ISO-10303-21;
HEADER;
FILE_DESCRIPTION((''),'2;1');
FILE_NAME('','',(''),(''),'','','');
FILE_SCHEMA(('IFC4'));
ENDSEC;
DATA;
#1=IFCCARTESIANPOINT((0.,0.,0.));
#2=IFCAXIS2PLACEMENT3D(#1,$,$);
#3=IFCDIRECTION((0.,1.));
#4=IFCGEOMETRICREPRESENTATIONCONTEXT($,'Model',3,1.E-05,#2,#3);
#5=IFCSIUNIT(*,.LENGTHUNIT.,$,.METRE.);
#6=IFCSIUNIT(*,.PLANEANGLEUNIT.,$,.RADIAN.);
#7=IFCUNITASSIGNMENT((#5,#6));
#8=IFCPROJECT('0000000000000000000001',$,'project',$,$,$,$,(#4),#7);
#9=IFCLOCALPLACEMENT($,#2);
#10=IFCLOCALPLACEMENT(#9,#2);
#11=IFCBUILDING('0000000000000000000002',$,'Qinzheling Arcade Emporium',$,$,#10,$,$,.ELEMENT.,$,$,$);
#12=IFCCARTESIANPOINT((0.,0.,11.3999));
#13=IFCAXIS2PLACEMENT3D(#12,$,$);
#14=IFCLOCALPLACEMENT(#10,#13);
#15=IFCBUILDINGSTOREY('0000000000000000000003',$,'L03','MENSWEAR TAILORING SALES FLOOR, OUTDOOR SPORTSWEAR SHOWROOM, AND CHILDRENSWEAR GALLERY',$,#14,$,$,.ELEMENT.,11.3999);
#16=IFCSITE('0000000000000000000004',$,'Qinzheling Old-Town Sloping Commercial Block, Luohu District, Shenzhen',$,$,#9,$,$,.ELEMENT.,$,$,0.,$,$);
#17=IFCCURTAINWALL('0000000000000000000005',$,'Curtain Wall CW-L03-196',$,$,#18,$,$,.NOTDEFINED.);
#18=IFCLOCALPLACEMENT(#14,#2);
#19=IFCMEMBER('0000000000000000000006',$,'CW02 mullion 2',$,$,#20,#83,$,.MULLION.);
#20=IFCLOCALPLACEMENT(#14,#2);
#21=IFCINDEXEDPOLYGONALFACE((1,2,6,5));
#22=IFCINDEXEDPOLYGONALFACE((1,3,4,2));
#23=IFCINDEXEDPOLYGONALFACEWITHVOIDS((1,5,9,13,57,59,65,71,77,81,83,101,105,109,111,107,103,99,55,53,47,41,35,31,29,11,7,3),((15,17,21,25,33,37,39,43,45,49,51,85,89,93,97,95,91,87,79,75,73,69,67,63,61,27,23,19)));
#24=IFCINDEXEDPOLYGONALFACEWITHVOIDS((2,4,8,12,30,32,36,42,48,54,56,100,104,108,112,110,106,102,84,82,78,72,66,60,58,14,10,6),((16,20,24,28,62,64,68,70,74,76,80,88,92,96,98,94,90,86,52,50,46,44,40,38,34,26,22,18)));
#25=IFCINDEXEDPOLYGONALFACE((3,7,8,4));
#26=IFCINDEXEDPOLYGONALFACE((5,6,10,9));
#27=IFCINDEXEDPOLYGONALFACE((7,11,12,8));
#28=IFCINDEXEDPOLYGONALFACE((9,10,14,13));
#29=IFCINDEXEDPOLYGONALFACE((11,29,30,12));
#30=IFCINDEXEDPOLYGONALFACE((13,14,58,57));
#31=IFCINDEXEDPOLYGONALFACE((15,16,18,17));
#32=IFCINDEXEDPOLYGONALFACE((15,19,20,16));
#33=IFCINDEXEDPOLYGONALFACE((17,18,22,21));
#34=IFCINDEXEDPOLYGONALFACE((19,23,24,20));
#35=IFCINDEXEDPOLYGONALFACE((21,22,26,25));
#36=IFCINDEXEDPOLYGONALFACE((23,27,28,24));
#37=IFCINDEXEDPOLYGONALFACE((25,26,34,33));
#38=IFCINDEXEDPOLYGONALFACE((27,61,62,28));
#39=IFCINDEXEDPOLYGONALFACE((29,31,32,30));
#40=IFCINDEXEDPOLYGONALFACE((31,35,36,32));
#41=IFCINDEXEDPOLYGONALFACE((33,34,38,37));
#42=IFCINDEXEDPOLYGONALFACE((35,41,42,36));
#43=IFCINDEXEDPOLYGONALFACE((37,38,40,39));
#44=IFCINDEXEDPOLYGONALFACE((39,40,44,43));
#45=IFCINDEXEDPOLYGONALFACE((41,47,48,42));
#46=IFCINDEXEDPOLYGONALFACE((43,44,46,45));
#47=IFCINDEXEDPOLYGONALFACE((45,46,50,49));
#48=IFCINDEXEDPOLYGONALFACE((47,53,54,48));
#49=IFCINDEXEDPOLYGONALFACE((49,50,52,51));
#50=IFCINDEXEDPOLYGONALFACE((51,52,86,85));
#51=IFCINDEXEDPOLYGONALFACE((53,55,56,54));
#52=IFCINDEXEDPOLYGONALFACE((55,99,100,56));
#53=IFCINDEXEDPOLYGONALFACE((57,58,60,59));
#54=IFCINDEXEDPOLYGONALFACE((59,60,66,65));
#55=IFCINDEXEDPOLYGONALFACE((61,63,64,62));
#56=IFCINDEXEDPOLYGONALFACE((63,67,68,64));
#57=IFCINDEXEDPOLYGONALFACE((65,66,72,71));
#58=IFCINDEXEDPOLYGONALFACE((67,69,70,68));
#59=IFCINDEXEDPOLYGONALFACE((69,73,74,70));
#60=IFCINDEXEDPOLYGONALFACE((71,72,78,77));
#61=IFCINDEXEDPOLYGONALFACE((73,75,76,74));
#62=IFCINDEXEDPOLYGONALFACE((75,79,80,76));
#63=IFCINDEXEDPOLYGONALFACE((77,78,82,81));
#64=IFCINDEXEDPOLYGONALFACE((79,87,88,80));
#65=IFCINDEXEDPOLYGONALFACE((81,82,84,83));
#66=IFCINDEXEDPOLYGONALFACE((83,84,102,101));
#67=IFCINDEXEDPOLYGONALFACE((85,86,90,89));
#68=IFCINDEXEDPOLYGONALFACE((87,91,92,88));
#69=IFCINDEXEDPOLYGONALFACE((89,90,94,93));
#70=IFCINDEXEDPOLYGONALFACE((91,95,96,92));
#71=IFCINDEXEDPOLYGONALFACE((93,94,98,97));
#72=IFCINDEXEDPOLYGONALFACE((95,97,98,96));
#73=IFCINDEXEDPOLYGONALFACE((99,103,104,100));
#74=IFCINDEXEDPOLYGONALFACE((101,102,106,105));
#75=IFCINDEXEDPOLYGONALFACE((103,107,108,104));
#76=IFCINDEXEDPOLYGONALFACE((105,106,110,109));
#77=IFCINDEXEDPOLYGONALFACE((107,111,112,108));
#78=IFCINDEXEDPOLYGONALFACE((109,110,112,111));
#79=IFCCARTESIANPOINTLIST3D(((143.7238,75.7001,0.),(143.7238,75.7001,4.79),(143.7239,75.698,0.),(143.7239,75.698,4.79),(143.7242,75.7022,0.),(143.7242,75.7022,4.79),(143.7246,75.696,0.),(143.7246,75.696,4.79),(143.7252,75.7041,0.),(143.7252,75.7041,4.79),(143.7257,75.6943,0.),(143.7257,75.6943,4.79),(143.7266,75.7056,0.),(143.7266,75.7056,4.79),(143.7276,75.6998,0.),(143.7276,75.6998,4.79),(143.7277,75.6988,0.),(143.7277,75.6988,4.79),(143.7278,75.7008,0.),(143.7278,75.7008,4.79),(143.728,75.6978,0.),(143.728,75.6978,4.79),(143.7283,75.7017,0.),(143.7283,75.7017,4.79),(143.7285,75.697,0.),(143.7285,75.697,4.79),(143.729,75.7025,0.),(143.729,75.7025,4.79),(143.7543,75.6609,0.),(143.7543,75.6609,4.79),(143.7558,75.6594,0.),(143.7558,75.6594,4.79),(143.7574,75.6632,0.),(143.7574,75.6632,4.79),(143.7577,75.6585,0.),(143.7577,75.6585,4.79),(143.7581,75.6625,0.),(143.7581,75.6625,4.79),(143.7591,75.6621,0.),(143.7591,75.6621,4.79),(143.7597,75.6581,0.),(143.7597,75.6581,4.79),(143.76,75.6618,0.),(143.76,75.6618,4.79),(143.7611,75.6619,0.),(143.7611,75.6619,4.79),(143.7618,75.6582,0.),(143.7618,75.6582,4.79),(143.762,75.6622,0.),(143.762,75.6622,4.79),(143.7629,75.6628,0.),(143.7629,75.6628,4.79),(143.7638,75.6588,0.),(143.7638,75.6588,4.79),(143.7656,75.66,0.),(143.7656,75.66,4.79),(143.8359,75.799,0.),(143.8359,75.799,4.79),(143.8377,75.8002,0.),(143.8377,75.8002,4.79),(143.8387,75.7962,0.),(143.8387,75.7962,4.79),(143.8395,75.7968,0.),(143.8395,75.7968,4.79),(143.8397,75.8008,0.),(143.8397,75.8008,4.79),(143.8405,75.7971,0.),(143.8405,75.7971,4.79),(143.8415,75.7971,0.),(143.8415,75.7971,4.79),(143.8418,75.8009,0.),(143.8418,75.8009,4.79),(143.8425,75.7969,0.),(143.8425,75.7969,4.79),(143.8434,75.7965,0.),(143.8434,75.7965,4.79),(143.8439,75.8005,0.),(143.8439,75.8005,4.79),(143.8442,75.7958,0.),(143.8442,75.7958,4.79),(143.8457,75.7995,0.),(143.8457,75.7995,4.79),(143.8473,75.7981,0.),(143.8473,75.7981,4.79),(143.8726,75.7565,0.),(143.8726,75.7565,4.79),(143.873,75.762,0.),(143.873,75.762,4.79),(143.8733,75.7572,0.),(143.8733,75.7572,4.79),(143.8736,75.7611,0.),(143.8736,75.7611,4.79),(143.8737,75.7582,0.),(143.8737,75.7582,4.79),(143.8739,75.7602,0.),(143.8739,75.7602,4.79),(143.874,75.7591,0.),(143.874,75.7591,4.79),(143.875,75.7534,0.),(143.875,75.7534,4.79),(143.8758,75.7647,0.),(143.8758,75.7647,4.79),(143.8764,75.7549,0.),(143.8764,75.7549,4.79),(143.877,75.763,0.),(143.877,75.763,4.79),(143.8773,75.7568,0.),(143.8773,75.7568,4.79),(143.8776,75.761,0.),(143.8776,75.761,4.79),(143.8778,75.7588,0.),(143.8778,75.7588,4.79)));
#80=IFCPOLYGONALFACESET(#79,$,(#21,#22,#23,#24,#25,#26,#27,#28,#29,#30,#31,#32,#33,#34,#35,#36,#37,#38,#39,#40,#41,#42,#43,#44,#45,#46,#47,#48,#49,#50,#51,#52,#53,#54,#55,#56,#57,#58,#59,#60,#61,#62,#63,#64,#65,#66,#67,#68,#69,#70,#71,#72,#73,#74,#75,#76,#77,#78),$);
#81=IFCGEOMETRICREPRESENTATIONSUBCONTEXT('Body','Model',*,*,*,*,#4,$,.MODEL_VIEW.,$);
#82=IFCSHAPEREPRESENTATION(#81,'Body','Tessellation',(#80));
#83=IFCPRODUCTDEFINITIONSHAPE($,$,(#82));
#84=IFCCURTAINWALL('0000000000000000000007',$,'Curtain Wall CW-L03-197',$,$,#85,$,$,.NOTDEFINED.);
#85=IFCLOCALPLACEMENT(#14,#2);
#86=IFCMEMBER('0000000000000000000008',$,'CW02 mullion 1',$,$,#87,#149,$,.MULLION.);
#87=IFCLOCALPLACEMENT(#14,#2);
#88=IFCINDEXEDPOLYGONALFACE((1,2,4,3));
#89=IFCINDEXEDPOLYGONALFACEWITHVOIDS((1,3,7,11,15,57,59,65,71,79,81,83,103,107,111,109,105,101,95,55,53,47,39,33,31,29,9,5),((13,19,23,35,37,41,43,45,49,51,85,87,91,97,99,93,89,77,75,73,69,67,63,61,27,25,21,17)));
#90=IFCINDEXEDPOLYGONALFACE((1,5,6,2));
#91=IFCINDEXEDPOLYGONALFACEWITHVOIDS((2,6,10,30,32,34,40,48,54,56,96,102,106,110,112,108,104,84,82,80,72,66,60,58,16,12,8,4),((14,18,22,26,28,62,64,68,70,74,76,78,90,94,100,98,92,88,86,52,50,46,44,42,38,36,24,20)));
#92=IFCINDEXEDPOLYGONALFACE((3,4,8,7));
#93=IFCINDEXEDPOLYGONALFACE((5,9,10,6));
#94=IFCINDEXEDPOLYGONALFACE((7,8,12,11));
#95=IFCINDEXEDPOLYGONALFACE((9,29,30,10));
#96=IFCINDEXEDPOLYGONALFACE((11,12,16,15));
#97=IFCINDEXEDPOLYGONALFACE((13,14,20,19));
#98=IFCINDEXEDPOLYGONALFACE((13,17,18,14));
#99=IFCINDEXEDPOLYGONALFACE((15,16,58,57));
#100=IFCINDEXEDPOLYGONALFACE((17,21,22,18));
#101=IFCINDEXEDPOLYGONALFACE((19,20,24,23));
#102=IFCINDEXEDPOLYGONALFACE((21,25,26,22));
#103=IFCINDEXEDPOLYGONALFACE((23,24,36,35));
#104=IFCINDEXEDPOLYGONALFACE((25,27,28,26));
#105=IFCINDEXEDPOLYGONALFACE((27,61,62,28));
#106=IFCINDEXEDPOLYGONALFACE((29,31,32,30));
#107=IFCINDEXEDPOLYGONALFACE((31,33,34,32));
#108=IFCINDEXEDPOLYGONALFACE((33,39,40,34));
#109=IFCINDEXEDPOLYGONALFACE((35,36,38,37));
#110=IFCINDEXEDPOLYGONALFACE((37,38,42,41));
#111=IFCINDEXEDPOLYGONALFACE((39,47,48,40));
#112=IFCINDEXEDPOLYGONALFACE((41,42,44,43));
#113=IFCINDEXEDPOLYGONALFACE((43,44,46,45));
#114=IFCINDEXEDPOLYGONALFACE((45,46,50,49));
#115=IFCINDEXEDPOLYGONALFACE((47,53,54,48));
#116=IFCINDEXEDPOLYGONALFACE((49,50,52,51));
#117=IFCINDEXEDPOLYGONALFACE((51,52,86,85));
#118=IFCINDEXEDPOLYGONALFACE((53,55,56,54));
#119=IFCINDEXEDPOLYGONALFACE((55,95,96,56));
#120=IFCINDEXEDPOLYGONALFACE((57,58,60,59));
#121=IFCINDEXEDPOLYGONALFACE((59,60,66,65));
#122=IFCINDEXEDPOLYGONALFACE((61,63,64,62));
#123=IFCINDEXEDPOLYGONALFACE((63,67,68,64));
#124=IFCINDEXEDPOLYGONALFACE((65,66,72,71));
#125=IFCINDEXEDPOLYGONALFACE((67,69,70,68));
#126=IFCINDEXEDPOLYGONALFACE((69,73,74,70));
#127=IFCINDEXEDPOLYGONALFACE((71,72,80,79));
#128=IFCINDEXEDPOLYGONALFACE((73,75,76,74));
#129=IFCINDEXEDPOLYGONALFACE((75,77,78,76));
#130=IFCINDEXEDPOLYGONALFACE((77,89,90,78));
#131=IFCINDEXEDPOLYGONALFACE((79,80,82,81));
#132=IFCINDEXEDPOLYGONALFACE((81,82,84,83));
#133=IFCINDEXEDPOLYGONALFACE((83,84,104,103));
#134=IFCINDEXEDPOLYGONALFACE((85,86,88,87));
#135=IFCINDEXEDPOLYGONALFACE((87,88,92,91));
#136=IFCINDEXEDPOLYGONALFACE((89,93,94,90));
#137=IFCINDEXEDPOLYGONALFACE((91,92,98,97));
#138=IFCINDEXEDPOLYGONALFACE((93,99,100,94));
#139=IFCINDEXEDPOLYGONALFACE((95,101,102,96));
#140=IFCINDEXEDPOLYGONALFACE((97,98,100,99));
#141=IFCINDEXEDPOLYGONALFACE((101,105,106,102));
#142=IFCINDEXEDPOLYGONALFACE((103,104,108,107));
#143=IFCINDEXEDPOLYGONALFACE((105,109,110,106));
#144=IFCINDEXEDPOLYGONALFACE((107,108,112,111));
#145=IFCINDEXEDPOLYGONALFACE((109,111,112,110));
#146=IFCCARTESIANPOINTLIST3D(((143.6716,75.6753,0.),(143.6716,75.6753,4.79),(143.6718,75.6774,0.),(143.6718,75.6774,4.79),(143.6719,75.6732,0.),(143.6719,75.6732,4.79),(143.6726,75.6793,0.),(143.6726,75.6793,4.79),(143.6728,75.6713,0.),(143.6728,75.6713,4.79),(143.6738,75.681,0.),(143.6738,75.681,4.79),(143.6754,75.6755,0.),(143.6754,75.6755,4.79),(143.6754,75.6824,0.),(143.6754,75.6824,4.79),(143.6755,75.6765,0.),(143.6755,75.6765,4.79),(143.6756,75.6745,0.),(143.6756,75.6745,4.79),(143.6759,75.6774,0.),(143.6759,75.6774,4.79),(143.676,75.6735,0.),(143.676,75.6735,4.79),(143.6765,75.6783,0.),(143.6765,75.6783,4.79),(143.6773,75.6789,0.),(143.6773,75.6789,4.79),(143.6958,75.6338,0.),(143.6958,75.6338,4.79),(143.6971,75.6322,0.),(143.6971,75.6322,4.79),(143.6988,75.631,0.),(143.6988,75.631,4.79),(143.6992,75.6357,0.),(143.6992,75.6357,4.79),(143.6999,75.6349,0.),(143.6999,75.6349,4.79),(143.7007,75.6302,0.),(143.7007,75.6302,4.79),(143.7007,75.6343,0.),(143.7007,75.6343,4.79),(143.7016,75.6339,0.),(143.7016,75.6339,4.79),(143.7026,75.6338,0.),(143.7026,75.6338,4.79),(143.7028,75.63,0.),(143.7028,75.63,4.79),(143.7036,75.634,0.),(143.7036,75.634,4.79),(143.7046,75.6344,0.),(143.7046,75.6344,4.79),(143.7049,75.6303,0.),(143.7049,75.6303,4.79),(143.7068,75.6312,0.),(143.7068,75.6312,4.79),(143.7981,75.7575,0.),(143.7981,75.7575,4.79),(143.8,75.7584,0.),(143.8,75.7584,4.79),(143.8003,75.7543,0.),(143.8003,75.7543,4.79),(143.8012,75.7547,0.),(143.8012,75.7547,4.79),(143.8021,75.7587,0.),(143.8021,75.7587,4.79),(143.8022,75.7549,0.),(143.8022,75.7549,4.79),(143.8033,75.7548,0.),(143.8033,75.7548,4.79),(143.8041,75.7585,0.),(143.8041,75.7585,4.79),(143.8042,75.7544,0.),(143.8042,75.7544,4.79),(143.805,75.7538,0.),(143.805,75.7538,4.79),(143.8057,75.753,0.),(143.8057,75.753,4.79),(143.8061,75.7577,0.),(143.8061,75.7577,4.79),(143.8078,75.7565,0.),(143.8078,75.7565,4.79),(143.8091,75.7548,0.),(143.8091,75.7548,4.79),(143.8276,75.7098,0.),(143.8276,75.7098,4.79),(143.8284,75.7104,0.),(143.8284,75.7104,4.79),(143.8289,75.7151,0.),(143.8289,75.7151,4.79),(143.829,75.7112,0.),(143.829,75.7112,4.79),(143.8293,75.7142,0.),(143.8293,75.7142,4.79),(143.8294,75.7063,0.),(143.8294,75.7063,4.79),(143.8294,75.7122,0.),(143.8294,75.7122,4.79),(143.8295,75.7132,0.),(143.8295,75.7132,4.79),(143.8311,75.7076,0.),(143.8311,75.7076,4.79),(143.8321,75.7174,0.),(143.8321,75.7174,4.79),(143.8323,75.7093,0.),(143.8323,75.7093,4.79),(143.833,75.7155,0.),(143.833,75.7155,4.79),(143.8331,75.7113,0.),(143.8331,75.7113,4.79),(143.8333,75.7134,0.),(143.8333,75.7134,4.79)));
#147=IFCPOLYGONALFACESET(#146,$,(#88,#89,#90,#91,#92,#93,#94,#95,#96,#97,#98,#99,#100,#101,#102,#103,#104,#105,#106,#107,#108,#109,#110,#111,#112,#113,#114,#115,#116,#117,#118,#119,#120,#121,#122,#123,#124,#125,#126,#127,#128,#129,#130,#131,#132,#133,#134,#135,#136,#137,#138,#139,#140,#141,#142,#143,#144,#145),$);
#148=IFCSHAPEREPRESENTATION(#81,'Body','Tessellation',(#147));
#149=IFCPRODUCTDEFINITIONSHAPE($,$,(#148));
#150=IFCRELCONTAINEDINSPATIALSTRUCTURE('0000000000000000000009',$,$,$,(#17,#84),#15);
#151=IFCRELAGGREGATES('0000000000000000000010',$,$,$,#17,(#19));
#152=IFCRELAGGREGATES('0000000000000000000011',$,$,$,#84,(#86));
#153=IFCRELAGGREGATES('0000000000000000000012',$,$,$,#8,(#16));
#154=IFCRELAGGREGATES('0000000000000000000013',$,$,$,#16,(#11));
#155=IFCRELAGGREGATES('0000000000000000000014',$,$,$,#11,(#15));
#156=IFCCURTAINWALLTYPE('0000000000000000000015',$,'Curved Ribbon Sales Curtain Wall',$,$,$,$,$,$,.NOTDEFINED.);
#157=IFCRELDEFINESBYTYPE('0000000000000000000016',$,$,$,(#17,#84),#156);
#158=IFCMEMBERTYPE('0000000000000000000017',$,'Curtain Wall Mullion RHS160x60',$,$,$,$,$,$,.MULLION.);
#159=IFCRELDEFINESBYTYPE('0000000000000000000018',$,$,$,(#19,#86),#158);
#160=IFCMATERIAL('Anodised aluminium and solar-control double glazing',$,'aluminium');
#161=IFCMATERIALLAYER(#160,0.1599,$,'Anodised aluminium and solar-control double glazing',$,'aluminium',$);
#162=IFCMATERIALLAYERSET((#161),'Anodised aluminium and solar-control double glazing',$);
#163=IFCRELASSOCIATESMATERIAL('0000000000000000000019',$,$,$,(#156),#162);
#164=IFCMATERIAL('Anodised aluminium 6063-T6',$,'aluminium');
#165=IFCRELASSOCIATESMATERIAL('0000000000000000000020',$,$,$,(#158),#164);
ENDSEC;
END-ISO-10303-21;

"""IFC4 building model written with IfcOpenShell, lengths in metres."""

from ifc_helpers import new_model, si_unit, direction, frame, origin, origin_2d, place, context, subcontext, project, spatial, hollow_rectangle, extrude, material, layer, layer_set, material_profile, profile_set, type_object, element, aggregate, save


model = new_model("IFC4")

# Units and contexts
model_context = context("Model", 3, precision=1e-05, world=origin(), true_north=direction((0.0, 1.0)))
body_context = subcontext(model_context, "Body", "Model", "MODEL_VIEW")
ifc_project = project(units=[si_unit("LENGTHUNIT", "METRE"), si_unit("PLANEANGLEUNIT", "RADIAN")], contexts=[model_context])

# Site, building, storey
site_placement = place(None, origin())
site = spatial("IfcSite", under=ifc_project, at=site_placement, Name="Qinzheling Old-Town Sloping Commercial Block, Luohu District, Shenzhen", CompositionType="ELEMENT", RefElevation=0.0)
building_placement = place(site_placement, origin())
building = spatial("IfcBuilding", under=site, at=building_placement, Name="Qinzheling Arcade Emporium", CompositionType="ELEMENT")
storey_placement = place(building_placement, frame((0.0, 0.0, 11.3999)))
storey = spatial("IfcBuildingStorey", under=building, at=storey_placement, Name="L03", Description="MENSWEAR TAILORING SALES FLOOR, OUTDOOR SPORTSWEAR SHOWROOM, AND CHILDRENSWEAR GALLERY", CompositionType="ELEMENT", Elevation=11.3999)

# Shared definitions
ifc_material_1 = material(Name="Anodised aluminium and solar-control double glazing", Category="aluminium")
ifc_layer_1 = layer(ifc_material_1, 0.1599, Name="Anodised aluminium and solar-control double glazing", Category="aluminium")
ifc_layer_set_1 = layer_set([ifc_layer_1], Name="Anodised aluminium and solar-control double glazing")
curtain_wall_type = type_object("IfcCurtainWallType", Name="Curved Ribbon Sales Curtain Wall", PredefinedType="NOTDEFINED", material=ifc_layer_set_1)
ifc_material_2 = material(Name="Anodised aluminium 6063-T6", Category="aluminium")
ifc_material_profile_1 = material_profile(ifc_material_2, hollow_rectangle(XDim=0.0601, YDim=0.1599, WallThickness=0.0039, InnerFilletRadius=0.0039, OuterFilletRadius=0.0081, at=origin_2d()), Name="RHS 160x60x4", Category="aluminium")
ifc_profile_set_1 = profile_set([ifc_material_profile_1], Name="Anodised aluminium 6063-T6")
member_type_1 = type_object("IfcMemberType", Name="Curtain Wall Mullion RHS160x60", PredefinedType="MULLION", material=ifc_profile_set_1)

# Curtain walls, members
curtain_wall_1_placement = place(storey_placement, origin())
curtain_wall_1 = element("IfcCurtainWall", 1, at=curtain_wall_1_placement, inside=storey, type_object=curtain_wall_type, Name="Curtain Wall CW-L03-196", PredefinedType="NOTDEFINED")
member_1_placement = place(storey_placement, frame((143.8008, 75.7295, 0.0), z_axis=(0.0, 0.0, 1.0), x_axis=(0.649478, -0.76038, 0.0)))
member_1 = element("IfcMember", 2, at=member_1_placement, type_object=member_type_1, Name="CW02 mullion 2", PredefinedType="MULLION", context=body_context, shape_type="SweptSolid", body=[
    extrude(hollow_rectangle(XDim=0.0601, YDim=0.1599, WallThickness=0.0039, InnerFilletRadius=0.0039, OuterFilletRadius=0.0081, at=origin_2d()), origin(), (0.0, 0.0, 1.0), 4.79),
])
curtain_wall_2_placement = place(storey_placement, origin())
curtain_wall_2 = element("IfcCurtainWall", 3, at=curtain_wall_2_placement, inside=storey, type_object=curtain_wall_type, Name="Curtain Wall CW-L03-197", PredefinedType="NOTDEFINED")
member_2_placement = place(storey_placement, frame((143.7524, 75.6943, 0.0), z_axis=(0.0, 0.0, 1.0), x_axis=(0.522532, -0.85262, 0.0)))
member_2 = element("IfcMember", 4, at=member_2_placement, type_object=member_type_1, Name="CW02 mullion 1", PredefinedType="MULLION", context=body_context, shape_type="SweptSolid", body=[
    extrude(hollow_rectangle(XDim=0.0601, YDim=0.1599, WallThickness=0.0039, InnerFilletRadius=0.0039, OuterFilletRadius=0.0081, at=origin_2d()), origin(), (0.0, 0.0, 1.0), 4.79),
])

aggregate(curtain_wall_1, [member_1])
aggregate(curtain_wall_2, [member_2])

save(model, "model.ifc")
